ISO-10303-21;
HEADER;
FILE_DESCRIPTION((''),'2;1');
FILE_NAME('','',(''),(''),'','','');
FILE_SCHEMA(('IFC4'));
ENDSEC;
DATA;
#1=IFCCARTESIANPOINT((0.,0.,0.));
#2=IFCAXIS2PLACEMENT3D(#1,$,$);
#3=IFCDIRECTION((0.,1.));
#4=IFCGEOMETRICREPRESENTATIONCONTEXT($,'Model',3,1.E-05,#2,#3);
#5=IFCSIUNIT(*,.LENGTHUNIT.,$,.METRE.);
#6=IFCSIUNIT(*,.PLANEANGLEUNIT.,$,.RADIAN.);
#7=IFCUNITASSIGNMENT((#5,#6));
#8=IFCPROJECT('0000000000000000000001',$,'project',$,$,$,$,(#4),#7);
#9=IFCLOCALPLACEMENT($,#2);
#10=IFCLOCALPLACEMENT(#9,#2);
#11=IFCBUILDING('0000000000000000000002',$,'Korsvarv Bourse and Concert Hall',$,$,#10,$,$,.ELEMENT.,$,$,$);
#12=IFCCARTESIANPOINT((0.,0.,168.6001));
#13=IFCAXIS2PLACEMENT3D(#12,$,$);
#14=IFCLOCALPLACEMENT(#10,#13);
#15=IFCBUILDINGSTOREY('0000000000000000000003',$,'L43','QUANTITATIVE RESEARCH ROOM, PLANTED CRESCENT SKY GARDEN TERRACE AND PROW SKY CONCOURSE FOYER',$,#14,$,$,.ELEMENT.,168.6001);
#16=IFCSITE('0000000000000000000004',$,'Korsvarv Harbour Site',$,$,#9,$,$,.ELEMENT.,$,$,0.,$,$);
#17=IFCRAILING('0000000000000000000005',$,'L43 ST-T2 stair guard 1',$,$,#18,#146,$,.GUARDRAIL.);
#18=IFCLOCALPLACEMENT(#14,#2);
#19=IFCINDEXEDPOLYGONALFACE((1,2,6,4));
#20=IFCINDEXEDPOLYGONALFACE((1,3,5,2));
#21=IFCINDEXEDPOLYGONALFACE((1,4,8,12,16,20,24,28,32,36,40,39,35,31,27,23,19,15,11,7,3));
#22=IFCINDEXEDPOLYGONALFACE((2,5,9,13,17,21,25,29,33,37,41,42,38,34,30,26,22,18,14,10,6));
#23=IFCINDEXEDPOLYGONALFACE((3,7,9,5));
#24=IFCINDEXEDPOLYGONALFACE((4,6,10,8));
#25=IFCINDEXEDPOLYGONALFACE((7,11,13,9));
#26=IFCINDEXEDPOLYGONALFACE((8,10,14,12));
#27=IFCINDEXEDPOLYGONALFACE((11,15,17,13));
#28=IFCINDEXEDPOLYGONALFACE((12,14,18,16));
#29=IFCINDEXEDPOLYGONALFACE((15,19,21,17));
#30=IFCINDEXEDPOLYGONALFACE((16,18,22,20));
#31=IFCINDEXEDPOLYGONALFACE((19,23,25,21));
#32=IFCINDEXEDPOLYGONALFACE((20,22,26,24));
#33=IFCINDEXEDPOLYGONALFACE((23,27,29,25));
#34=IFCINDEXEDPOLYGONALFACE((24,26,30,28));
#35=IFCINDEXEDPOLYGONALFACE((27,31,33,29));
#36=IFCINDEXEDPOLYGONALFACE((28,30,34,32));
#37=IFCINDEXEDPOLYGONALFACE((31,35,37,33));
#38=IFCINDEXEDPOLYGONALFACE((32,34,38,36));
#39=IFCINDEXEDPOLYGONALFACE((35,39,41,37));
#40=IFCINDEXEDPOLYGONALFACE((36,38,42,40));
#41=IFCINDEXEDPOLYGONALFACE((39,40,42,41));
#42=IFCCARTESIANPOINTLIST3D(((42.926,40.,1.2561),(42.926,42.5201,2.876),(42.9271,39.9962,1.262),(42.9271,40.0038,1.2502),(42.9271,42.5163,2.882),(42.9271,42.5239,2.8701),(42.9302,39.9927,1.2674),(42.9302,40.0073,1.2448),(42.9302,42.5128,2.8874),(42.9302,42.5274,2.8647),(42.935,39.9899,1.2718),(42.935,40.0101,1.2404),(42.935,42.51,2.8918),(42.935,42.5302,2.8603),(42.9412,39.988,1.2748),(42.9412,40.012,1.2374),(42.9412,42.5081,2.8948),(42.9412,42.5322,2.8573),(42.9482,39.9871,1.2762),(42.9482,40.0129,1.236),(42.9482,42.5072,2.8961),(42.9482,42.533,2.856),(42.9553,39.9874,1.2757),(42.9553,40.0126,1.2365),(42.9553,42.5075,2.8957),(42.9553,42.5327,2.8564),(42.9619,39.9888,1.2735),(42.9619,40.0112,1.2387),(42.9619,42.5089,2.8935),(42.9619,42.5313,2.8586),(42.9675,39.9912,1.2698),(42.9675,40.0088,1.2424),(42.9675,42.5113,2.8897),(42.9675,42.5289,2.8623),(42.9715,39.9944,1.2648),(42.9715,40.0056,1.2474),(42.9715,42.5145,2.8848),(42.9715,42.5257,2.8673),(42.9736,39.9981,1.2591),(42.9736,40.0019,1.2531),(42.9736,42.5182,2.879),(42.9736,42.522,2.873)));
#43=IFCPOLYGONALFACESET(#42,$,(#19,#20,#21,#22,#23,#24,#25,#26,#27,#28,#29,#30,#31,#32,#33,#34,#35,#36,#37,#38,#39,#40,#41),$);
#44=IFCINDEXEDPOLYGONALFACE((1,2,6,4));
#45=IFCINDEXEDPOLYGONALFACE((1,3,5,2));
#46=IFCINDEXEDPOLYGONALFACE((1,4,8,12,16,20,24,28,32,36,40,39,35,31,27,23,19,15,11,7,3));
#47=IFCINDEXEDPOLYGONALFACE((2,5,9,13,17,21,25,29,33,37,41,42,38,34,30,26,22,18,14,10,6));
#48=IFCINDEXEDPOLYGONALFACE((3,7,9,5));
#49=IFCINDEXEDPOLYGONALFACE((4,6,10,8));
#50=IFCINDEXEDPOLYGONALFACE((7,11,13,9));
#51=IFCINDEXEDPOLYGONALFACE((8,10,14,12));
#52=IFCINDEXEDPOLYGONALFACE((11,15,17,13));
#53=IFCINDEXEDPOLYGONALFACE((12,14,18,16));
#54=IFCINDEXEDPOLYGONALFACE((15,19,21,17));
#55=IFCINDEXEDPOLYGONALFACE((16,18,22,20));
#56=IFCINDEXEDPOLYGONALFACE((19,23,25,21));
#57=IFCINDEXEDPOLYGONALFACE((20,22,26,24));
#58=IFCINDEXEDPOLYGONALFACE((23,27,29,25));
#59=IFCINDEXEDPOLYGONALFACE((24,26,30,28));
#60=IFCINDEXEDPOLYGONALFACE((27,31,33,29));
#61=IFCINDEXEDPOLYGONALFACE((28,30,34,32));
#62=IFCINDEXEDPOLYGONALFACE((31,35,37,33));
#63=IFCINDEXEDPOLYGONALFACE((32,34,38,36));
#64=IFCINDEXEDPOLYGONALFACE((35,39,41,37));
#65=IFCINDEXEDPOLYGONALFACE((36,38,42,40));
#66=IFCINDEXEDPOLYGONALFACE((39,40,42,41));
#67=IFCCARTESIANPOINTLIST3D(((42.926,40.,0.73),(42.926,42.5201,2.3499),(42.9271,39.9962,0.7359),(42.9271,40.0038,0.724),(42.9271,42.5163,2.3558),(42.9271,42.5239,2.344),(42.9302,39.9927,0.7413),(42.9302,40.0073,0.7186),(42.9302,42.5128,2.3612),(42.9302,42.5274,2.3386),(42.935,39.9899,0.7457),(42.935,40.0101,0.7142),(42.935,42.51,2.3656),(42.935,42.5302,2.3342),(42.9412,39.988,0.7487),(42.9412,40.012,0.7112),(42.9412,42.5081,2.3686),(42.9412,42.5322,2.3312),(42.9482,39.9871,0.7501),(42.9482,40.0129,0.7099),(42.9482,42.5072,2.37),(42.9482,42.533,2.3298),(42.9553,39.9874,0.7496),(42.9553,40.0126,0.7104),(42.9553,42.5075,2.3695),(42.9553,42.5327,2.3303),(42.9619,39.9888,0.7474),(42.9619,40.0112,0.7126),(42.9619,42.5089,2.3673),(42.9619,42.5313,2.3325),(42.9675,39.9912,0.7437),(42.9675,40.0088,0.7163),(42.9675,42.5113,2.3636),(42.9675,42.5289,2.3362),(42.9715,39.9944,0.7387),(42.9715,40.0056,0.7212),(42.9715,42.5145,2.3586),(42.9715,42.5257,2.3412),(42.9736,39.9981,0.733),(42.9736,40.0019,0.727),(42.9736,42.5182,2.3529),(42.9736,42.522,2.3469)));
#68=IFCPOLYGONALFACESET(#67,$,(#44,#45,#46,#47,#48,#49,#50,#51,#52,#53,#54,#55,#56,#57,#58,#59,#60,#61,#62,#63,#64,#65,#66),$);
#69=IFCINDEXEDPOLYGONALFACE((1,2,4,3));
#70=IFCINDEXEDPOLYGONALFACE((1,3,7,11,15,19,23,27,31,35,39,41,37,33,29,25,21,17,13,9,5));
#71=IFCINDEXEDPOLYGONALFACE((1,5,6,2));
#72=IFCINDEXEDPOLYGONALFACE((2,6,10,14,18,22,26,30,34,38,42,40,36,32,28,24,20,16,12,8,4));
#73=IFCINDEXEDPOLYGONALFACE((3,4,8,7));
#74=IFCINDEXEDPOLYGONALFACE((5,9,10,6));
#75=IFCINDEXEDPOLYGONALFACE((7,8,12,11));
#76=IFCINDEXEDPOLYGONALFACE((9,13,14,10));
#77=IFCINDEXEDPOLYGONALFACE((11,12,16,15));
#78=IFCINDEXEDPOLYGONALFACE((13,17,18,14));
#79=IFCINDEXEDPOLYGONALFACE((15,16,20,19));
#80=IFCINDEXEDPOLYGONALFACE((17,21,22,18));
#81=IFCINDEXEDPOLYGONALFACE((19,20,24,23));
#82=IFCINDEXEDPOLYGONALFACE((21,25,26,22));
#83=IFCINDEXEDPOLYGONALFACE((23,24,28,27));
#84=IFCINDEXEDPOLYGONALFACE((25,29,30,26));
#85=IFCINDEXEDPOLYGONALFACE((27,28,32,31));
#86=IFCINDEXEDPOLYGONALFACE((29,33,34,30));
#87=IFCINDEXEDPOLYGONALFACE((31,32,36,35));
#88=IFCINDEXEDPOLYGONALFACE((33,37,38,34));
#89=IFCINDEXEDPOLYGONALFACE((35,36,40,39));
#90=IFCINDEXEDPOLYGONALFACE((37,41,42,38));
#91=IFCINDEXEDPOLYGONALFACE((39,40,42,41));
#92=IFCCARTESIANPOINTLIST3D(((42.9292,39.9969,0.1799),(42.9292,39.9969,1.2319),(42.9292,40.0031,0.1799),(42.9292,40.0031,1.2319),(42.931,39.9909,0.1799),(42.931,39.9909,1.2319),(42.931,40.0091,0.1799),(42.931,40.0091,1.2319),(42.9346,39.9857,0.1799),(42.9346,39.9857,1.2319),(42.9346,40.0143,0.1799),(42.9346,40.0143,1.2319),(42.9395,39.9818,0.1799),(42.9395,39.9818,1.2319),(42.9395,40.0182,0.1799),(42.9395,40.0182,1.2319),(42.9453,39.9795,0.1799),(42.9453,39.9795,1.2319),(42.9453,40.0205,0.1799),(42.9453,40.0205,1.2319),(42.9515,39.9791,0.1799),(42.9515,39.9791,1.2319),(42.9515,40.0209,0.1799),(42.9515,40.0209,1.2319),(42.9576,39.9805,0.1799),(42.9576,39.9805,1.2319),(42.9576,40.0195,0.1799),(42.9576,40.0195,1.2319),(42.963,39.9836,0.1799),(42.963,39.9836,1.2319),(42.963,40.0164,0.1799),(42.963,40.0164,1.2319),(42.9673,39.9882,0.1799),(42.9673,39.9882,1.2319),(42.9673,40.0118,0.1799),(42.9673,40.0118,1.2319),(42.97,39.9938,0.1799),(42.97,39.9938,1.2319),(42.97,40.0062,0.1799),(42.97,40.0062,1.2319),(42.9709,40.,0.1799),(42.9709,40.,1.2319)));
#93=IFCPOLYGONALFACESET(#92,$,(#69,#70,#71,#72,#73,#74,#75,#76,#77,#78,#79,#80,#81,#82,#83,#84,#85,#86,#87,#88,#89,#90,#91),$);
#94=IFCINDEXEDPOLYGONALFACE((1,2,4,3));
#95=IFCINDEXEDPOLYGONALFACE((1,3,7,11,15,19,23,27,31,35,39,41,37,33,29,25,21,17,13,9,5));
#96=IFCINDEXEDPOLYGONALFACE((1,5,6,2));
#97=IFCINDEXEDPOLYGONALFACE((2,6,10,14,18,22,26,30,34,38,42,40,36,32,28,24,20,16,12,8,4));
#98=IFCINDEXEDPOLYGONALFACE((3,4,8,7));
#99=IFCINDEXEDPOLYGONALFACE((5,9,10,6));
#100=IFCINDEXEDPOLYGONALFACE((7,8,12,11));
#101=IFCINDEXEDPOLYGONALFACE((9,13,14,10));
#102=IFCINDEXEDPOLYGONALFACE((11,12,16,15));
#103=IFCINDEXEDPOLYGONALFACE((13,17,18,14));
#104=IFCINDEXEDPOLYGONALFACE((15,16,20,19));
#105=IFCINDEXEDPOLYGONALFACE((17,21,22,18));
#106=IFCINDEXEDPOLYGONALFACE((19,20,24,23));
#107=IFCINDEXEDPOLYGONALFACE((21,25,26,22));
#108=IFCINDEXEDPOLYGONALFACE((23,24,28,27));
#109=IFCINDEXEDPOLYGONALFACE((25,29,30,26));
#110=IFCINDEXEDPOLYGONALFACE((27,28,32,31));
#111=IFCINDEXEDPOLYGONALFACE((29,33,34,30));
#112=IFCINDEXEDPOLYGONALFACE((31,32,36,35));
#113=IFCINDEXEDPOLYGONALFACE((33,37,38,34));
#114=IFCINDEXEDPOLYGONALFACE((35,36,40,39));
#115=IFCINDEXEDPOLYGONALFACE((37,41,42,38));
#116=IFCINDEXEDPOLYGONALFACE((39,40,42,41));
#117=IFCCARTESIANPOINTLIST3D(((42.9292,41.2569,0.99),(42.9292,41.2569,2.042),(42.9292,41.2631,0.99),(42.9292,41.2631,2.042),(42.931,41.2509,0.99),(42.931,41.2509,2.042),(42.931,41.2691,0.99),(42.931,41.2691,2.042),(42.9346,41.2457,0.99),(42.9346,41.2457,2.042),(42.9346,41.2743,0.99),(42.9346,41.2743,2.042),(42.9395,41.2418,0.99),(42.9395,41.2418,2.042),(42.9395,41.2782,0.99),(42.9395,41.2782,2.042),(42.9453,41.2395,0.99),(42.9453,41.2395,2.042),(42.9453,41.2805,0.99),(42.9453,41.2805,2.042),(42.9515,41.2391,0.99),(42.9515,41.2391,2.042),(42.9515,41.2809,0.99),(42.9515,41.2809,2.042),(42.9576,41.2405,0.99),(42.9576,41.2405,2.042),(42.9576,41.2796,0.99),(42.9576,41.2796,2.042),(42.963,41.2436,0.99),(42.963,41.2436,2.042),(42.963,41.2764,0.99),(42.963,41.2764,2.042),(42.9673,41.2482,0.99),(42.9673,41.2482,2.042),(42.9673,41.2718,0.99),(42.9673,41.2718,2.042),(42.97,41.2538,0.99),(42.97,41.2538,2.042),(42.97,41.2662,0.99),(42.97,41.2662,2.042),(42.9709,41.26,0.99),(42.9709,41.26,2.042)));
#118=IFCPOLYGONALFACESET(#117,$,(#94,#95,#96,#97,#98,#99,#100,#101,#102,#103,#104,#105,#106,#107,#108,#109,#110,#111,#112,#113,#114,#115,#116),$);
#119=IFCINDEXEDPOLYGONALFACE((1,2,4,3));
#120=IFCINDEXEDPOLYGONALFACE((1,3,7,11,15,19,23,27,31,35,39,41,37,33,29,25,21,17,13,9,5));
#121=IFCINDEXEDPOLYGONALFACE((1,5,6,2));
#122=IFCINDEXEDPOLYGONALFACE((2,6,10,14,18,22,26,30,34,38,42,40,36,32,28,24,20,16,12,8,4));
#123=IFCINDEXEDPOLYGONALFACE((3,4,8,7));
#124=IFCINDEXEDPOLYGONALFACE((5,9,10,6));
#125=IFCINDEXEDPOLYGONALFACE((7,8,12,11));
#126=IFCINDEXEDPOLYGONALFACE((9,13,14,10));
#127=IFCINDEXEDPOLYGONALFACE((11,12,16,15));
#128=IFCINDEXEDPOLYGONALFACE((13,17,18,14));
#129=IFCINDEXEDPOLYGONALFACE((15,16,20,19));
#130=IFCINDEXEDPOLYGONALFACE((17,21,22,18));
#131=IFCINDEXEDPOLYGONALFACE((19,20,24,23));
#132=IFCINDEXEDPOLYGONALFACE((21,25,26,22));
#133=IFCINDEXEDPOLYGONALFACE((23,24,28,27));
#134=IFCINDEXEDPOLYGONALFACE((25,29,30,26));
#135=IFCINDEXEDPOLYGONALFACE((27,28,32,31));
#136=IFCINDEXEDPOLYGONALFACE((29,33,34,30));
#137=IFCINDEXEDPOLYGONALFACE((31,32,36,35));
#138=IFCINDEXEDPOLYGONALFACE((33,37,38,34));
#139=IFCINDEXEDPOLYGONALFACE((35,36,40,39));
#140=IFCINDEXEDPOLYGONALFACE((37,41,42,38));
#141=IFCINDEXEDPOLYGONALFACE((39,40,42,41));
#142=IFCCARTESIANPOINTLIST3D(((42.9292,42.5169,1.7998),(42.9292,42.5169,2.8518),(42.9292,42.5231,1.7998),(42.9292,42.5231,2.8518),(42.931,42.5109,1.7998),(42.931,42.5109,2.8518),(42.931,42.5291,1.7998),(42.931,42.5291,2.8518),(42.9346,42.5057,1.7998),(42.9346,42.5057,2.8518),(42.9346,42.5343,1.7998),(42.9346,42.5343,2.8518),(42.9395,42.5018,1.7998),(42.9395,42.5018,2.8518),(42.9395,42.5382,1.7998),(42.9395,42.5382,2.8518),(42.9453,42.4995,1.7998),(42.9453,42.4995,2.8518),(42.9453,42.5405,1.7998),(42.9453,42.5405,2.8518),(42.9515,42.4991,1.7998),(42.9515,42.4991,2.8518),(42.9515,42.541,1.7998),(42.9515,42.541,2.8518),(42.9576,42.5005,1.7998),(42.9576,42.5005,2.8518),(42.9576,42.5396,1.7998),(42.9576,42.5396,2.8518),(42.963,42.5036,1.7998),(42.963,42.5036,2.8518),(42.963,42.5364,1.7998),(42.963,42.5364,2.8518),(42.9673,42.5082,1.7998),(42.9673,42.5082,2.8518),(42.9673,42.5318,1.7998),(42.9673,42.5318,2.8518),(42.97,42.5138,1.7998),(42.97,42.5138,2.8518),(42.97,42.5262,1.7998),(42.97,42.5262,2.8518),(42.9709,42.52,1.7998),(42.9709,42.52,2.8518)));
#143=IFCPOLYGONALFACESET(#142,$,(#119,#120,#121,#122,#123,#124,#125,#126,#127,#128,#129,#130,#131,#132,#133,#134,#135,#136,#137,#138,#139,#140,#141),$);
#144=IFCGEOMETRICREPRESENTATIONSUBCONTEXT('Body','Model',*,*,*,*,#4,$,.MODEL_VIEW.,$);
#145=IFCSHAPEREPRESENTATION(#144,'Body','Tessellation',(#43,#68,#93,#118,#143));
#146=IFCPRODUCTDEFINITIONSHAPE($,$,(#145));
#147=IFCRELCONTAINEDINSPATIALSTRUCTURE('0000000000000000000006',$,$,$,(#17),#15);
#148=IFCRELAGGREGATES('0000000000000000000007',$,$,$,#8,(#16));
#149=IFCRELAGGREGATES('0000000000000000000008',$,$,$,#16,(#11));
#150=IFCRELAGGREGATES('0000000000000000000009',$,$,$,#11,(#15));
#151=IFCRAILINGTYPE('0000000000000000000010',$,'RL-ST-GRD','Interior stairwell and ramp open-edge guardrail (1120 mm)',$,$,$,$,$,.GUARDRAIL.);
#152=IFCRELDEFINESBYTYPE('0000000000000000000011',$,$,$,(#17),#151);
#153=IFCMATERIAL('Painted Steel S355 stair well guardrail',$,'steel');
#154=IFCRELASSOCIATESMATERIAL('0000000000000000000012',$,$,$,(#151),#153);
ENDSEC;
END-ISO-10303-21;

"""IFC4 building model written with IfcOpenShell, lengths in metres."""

from ifc_helpers import new_model, si_unit, direction, frame, origin, origin_2d, place, context, subcontext, project, spatial, circle, extrude, material, type_object, element, save


model = new_model("IFC4")

# Units and contexts
model_context = context("Model", 3, precision=1e-05, world=origin(), true_north=direction((0.0, 1.0)))
body_context = subcontext(model_context, "Body", "Model", "MODEL_VIEW")
ifc_project = project(units=[si_unit("LENGTHUNIT", "METRE"), si_unit("PLANEANGLEUNIT", "RADIAN")], contexts=[model_context])

# Site, building, storey
site_placement = place(None, origin())
site = spatial("IfcSite", under=ifc_project, at=site_placement, Name="Korsvarv Harbour Site", CompositionType="ELEMENT", RefElevation=0.0)
building_placement = place(site_placement, origin())
building = spatial("IfcBuilding", under=site, at=building_placement, Name="Korsvarv Bourse and Concert Hall", CompositionType="ELEMENT")
storey_placement = place(building_placement, frame((0.0, 0.0, 168.6001)))
storey = spatial("IfcBuildingStorey", under=building, at=storey_placement, Name="L43", Description="QUANTITATIVE RESEARCH ROOM, PLANTED CRESCENT SKY GARDEN TERRACE AND PROW SKY CONCOURSE FOYER", CompositionType="ELEMENT", Elevation=168.6001)

# Railing
ifc_material_1 = material(Name="Painted Steel S355 stair well guardrail", Category="steel")
railing_type_1 = type_object("IfcRailingType", Name="RL-ST-GRD", Description="Interior stairwell and ramp open-edge guardrail (1120 mm)", PredefinedType="GUARDRAIL", material=ifc_material_1)
railing_1_placement = place(storey_placement, frame((42.95, 40.0, 0.1799)))
element("IfcRailing", 1, at=railing_1_placement, inside=storey, type_object=railing_type_1, Name="L43 ST-T2 stair guard 1", PredefinedType="GUARDRAIL", context=body_context, shape_type="SweptSolid", body=[
    extrude(circle(Radius=0.0239, at=origin_2d()), frame((0.0, 0.0, 1.0762), z_axis=(0.0, 0.8412, 0.540725), x_axis=(-1.0, 0.0, 0.0)), (0.0, 0.0, 1.0), 2.9958),
    extrude(circle(Radius=0.0239, at=origin_2d()), frame((0.0, 0.0, 0.55), z_axis=(0.0, 0.8412, 0.540725), x_axis=(-1.0, 0.0, 0.0)), (0.0, 0.0, 1.0), 2.9958),
    extrude(circle(Radius=0.021, at=origin_2d()), origin(), (0.0, 0.0, 1.0), 1.052),
    extrude(circle(Radius=0.021, at=origin_2d()), frame((0.0, 1.26, 0.8101)), (0.0, 0.0, 1.0), 1.052),
    extrude(circle(Radius=0.021, at=origin_2d()), frame((0.0, 2.52, 1.6199)), (0.0, 0.0, 1.0), 1.052),
])

save(model, "model.ifc")
